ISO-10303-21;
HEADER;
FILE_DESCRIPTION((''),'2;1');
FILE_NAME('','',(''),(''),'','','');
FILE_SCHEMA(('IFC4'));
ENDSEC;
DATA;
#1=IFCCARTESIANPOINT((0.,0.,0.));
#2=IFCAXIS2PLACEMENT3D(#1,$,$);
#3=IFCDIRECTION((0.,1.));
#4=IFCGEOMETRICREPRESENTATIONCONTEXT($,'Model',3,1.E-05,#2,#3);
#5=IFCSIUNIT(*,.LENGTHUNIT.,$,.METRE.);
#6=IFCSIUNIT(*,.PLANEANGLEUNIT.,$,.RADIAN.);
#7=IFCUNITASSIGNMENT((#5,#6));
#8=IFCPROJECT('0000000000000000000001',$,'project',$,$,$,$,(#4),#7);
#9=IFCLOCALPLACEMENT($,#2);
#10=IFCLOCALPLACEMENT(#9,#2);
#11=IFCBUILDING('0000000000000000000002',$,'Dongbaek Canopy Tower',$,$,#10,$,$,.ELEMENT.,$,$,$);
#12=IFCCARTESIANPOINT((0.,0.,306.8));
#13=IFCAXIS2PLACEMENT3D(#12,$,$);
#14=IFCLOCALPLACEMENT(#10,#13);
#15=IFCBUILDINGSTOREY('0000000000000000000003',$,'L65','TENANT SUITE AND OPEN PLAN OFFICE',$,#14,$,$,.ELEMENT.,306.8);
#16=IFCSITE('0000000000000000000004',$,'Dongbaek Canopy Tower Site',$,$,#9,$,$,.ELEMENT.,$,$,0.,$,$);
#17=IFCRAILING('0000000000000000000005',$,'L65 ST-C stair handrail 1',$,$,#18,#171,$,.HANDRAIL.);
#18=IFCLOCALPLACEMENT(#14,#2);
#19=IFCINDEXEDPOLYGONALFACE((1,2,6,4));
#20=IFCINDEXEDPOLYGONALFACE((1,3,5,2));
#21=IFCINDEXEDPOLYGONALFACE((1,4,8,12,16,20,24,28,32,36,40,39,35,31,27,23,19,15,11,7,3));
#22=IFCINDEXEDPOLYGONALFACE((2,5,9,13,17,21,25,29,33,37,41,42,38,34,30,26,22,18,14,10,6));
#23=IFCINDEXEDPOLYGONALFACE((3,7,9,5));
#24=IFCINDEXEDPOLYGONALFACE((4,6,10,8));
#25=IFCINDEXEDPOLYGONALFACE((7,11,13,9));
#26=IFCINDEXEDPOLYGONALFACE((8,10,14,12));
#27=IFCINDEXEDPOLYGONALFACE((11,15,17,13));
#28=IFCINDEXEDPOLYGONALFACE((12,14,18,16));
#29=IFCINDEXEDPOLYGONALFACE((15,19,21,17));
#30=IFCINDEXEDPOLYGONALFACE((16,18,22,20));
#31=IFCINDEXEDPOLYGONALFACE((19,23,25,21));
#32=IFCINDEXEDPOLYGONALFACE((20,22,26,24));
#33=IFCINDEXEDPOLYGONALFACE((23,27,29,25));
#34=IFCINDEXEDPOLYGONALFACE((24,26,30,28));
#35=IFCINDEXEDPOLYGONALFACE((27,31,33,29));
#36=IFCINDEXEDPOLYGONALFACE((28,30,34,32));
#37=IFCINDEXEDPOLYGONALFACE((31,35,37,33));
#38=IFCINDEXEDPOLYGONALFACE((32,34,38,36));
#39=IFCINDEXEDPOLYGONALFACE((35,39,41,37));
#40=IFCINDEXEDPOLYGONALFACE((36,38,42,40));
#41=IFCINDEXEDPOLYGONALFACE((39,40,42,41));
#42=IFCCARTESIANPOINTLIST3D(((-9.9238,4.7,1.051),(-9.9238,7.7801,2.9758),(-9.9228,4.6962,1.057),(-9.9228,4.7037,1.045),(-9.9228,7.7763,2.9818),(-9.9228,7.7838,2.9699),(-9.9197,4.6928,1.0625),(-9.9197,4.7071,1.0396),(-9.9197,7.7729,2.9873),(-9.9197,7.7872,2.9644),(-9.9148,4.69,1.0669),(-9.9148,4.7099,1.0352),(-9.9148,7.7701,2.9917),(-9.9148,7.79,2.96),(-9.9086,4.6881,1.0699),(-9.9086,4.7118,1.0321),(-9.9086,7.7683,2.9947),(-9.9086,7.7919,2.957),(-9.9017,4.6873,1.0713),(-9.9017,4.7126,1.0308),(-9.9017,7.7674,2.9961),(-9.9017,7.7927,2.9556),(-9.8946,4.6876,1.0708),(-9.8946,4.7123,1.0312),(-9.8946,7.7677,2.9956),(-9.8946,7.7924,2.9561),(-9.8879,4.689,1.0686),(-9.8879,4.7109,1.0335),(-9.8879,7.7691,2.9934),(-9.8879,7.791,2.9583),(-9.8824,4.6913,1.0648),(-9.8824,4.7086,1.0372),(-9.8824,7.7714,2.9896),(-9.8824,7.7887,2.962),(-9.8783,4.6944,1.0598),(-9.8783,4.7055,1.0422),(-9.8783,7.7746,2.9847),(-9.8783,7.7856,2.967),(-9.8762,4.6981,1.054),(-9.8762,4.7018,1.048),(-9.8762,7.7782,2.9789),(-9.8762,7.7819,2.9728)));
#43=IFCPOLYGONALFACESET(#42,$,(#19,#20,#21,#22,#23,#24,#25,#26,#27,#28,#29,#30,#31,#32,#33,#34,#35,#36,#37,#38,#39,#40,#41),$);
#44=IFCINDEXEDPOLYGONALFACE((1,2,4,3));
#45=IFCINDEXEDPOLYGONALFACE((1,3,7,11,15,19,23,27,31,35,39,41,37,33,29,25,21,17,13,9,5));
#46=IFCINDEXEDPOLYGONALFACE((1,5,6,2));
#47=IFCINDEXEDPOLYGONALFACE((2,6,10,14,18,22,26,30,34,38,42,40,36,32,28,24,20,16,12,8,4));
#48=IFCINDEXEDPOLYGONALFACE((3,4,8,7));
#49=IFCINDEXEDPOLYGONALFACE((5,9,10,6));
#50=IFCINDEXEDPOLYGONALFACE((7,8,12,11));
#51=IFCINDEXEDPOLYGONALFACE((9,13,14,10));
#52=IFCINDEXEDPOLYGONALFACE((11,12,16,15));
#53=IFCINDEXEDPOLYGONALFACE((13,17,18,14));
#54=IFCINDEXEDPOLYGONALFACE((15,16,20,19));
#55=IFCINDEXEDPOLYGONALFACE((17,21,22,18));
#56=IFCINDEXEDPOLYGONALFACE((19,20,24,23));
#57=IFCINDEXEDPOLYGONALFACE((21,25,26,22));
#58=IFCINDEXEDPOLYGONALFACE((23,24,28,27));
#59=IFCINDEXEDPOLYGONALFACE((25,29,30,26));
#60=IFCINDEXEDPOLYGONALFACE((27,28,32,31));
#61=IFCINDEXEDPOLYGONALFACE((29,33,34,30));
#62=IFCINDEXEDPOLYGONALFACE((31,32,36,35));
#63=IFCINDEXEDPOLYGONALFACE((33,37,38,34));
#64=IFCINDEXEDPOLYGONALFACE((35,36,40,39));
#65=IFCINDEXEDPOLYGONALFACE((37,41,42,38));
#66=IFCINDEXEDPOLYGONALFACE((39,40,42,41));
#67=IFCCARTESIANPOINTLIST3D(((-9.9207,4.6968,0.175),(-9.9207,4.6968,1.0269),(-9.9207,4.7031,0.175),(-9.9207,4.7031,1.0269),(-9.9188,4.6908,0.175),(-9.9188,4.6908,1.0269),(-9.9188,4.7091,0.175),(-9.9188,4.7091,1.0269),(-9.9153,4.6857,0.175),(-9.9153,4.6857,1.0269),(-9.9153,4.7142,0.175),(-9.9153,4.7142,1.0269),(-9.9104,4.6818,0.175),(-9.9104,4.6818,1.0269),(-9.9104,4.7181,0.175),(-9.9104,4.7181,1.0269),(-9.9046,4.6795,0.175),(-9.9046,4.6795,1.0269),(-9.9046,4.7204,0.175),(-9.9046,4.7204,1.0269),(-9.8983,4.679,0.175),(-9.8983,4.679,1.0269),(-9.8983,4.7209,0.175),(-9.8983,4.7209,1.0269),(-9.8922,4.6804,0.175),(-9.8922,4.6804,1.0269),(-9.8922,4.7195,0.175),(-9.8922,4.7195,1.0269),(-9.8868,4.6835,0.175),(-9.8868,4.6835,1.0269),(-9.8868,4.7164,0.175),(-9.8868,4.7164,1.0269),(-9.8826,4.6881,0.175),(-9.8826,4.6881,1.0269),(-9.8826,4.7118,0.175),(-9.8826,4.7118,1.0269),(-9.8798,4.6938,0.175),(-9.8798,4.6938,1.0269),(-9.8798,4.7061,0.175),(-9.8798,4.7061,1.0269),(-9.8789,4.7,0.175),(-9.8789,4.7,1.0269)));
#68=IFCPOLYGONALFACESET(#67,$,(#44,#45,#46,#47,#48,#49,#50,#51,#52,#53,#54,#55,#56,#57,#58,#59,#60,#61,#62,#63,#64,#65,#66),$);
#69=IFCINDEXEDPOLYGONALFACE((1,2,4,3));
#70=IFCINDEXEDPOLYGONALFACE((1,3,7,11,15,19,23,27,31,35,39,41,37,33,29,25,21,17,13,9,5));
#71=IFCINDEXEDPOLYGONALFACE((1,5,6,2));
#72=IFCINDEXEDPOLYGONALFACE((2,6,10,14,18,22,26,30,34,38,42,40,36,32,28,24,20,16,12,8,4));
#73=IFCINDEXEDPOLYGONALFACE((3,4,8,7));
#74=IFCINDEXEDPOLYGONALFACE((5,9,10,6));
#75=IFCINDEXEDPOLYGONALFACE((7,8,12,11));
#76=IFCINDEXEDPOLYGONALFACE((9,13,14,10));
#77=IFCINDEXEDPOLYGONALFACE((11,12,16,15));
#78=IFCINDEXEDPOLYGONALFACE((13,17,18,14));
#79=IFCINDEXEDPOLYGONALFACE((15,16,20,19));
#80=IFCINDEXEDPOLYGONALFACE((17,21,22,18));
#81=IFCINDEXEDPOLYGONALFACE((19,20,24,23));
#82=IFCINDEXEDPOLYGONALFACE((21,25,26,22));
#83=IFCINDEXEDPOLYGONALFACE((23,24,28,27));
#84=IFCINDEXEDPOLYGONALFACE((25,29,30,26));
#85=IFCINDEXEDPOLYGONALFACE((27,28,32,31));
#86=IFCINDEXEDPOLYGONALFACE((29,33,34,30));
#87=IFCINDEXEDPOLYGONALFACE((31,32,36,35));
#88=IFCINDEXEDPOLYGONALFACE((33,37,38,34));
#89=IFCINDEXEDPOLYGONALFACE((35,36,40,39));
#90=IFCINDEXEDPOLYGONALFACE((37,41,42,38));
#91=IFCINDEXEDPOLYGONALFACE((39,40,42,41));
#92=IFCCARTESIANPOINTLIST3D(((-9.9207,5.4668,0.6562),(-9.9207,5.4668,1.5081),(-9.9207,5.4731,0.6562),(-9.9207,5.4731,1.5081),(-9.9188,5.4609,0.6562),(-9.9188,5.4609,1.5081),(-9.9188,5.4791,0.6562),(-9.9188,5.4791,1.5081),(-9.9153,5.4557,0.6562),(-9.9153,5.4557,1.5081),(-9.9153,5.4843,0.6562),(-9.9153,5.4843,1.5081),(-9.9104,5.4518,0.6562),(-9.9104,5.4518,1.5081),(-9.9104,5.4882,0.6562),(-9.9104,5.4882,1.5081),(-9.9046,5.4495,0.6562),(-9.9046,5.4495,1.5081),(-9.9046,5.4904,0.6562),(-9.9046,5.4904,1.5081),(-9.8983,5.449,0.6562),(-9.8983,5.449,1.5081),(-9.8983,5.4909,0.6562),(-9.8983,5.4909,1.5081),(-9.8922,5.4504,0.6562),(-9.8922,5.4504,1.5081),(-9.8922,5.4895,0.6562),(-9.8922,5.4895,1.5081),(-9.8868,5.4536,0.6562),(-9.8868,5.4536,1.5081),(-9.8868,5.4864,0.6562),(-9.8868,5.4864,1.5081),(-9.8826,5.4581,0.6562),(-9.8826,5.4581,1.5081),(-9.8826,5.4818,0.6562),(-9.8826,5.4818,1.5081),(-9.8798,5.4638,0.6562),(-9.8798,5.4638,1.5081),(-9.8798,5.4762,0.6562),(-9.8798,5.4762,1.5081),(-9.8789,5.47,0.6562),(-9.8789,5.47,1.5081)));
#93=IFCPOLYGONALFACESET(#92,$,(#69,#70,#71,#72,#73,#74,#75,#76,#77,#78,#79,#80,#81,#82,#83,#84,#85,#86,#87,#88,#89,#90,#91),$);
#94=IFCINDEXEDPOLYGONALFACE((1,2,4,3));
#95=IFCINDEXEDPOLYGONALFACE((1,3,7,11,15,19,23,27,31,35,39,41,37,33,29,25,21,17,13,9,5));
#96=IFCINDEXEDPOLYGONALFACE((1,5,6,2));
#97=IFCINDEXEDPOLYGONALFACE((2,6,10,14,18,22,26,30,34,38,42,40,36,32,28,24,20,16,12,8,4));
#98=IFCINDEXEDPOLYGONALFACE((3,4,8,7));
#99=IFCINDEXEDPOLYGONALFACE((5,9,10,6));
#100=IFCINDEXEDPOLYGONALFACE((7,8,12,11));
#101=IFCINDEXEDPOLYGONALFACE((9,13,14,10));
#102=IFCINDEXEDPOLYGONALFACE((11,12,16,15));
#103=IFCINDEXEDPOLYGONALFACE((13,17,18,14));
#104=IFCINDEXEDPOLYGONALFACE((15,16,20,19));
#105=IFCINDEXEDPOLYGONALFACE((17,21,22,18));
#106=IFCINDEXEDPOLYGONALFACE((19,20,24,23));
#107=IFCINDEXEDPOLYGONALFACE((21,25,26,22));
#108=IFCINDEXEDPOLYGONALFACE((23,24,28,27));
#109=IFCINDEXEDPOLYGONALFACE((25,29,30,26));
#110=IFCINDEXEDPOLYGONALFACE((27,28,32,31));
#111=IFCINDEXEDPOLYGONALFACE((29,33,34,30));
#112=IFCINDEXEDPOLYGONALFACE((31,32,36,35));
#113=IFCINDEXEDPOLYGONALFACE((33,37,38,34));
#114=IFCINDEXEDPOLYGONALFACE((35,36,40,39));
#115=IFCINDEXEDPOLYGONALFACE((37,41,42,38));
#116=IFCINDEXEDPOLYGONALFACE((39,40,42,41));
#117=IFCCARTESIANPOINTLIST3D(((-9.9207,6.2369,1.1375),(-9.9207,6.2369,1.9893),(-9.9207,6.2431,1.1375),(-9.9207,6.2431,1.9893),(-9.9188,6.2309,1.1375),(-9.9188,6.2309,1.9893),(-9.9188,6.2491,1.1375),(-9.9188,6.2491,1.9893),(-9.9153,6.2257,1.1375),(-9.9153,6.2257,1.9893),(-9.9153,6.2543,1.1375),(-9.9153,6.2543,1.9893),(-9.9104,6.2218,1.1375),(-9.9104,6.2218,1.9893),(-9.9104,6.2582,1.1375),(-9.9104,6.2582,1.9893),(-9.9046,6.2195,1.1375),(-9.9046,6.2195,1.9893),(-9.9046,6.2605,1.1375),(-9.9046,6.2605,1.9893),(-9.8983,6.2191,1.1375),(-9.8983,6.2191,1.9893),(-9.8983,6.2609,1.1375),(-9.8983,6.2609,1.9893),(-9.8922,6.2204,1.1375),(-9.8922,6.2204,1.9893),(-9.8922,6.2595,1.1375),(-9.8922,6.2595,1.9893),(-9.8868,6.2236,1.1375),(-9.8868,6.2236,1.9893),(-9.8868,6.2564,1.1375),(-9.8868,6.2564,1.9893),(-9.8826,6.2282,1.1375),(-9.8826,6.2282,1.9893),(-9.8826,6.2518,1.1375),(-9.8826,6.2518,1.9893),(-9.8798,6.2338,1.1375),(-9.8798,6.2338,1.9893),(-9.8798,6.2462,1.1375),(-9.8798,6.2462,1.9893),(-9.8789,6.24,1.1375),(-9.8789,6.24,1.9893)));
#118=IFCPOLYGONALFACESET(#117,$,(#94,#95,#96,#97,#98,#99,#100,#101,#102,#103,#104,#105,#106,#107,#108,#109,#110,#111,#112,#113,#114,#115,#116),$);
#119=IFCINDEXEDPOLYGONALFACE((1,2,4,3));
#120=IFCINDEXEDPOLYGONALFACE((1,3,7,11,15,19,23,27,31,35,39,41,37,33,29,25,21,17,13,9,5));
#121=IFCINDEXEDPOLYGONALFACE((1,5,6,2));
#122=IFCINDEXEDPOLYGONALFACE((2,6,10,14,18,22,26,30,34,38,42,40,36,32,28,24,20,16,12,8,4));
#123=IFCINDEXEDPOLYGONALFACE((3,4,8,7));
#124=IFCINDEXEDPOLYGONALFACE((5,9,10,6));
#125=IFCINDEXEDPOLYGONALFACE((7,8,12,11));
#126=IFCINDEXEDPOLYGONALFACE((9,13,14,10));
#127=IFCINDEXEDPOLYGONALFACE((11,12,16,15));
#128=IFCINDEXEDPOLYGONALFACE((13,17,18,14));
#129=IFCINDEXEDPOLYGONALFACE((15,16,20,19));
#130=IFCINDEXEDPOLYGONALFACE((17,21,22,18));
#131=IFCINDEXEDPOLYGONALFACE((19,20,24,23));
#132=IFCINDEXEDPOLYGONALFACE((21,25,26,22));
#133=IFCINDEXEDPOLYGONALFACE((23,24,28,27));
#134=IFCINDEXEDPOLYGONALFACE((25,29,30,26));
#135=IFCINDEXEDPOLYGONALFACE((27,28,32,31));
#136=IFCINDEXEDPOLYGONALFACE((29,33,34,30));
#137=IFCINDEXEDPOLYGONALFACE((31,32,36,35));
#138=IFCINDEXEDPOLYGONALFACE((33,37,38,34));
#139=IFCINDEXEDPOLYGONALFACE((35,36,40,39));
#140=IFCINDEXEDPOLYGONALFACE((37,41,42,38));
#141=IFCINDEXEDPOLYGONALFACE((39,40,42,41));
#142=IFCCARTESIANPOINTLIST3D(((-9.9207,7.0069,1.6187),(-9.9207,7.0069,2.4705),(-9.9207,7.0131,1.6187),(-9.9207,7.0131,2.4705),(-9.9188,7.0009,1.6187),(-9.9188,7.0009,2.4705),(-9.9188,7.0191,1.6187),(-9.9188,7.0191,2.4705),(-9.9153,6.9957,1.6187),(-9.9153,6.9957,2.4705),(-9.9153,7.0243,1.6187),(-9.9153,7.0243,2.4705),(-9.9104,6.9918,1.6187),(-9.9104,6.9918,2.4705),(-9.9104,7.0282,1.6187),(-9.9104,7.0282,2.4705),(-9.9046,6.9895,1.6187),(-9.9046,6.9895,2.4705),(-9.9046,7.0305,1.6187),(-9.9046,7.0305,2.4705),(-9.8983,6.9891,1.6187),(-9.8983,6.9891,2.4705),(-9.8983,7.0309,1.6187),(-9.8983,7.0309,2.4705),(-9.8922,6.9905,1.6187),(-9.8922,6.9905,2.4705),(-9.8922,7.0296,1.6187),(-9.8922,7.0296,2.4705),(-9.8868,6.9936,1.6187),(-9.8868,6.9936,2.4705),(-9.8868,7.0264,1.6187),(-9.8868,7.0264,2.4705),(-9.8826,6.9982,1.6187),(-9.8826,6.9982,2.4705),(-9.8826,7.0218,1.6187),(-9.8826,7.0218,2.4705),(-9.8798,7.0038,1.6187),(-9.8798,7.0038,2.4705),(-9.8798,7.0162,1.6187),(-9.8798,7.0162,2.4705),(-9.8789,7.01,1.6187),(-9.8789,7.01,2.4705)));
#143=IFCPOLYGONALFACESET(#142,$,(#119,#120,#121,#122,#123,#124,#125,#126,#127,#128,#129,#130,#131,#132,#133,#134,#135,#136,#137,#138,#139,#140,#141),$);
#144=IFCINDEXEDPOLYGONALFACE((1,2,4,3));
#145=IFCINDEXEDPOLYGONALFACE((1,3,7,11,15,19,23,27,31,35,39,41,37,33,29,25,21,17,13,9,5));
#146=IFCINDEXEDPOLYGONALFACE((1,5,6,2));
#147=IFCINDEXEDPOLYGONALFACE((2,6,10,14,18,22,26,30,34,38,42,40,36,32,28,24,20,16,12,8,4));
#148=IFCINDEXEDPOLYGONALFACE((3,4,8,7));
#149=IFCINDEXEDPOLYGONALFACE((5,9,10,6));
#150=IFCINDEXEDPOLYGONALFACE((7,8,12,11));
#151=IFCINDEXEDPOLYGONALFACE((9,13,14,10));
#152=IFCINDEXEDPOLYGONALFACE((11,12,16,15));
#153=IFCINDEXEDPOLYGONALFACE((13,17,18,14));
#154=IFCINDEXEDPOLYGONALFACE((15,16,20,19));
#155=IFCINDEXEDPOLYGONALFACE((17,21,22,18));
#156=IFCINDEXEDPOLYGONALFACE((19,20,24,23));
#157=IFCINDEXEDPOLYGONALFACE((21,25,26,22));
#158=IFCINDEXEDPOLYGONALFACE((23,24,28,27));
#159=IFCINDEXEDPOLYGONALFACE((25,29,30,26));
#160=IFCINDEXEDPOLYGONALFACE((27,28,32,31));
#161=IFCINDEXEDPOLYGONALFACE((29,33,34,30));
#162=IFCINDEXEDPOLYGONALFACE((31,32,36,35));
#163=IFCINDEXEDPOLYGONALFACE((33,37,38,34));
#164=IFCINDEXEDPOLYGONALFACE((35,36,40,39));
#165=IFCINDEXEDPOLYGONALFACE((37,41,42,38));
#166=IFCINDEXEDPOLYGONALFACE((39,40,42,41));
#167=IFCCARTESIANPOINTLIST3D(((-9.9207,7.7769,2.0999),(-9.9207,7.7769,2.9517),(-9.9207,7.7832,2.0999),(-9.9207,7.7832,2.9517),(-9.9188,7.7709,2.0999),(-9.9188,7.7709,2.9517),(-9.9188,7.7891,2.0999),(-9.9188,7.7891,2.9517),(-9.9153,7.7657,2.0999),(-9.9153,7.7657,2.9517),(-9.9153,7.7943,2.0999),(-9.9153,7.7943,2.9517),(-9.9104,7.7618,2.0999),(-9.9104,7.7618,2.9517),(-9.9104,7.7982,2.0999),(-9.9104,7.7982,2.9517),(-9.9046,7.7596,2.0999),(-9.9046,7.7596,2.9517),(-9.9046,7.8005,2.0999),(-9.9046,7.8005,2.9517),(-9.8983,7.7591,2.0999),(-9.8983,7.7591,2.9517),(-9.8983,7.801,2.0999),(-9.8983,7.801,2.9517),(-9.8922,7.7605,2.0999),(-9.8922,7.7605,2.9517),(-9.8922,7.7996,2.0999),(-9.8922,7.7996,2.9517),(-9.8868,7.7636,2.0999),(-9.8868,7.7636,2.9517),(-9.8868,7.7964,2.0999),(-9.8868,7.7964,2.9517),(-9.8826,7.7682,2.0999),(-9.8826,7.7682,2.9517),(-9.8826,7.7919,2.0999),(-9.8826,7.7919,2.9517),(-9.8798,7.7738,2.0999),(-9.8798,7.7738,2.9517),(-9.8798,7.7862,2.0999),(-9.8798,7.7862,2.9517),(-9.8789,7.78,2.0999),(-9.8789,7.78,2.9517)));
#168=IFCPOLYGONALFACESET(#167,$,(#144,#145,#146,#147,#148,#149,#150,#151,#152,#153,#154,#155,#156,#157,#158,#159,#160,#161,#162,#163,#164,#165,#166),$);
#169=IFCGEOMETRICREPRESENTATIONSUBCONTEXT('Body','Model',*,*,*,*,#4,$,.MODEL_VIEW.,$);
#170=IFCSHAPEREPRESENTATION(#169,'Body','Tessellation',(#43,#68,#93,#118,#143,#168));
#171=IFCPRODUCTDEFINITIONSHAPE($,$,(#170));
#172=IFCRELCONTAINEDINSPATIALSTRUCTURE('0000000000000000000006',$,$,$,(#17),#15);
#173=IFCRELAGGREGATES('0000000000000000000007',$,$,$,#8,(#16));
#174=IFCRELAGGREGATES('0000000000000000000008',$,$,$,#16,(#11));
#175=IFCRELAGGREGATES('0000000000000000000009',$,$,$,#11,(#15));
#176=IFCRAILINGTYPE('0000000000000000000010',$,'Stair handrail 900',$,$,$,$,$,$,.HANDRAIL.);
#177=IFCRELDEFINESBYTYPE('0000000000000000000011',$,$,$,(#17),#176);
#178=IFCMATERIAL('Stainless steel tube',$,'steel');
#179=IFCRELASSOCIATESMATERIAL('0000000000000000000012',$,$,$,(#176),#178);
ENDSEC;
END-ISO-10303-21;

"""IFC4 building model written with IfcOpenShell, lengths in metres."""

from ifc_helpers import new_model, si_unit, direction, frame, origin, origin_2d, place, context, subcontext, project, spatial, circle, extrude, material, type_object, element, save


model = new_model("IFC4")

# Units and contexts
model_context = context("Model", 3, precision=1e-05, world=origin(), true_north=direction((0.0, 1.0)))
body_context = subcontext(model_context, "Body", "Model", "MODEL_VIEW")
ifc_project = project(units=[si_unit("LENGTHUNIT", "METRE"), si_unit("PLANEANGLEUNIT", "RADIAN")], contexts=[model_context])

# Site, building, storey
site_placement = place(None, origin())
site = spatial("IfcSite", under=ifc_project, at=site_placement, Name="Dongbaek Canopy Tower Site", CompositionType="ELEMENT", RefElevation=0.0)
building_placement = place(site_placement, origin())
building = spatial("IfcBuilding", under=site, at=building_placement, Name="Dongbaek Canopy Tower", CompositionType="ELEMENT")
storey_placement = place(building_placement, frame((0.0, 0.0, 306.8)))
storey = spatial("IfcBuildingStorey", under=building, at=storey_placement, Name="L65", Description="TENANT SUITE AND OPEN PLAN OFFICE", CompositionType="ELEMENT", Elevation=306.8)

# Railing
ifc_material_1 = material(Name="Stainless steel tube", Category="steel")
railing_type_1 = type_object("IfcRailingType", Name="Stair handrail 900", PredefinedType="HANDRAIL", material=ifc_material_1)
railing_1_placement = place(storey_placement, frame((-9.8999, 4.7, 0.175)))
element("IfcRailing", 1, at=railing_1_placement, inside=storey, type_object=railing_type_1, Name="L65 ST-C stair handrail 1", PredefinedType="HANDRAIL", context=body_context, shape_type="SweptSolid", body=[
    extrude(circle(Radius=0.0239, at=origin_2d()), frame((0.0, 0.0, 0.876), z_axis=(0.0, 0.848029, 0.529951), x_axis=(-1.0, 0.0, 0.0)), (0.0, 0.0, 1.0), 3.6321),
    extrude(circle(Radius=0.021, at=origin_2d()), origin(), (0.0, 0.0, 1.0), 0.8518),
    extrude(circle(Radius=0.021, at=origin_2d()), frame((0.0, 0.77, 0.4812)), (0.0, 0.0, 1.0), 0.8518),
    extrude(circle(Radius=0.021, at=origin_2d()), frame((0.0, 1.54, 0.9624)), (0.0, 0.0, 1.0), 0.8518),
    extrude(circle(Radius=0.021, at=origin_2d()), frame((0.0, 2.3101, 1.4436)), (0.0, 0.0, 1.0), 0.8518),
    extrude(circle(Radius=0.021, at=origin_2d()), frame((0.0, 3.0801, 1.9248)), (0.0, 0.0, 1.0), 0.8518),
])

save(model, "model.ifc")
